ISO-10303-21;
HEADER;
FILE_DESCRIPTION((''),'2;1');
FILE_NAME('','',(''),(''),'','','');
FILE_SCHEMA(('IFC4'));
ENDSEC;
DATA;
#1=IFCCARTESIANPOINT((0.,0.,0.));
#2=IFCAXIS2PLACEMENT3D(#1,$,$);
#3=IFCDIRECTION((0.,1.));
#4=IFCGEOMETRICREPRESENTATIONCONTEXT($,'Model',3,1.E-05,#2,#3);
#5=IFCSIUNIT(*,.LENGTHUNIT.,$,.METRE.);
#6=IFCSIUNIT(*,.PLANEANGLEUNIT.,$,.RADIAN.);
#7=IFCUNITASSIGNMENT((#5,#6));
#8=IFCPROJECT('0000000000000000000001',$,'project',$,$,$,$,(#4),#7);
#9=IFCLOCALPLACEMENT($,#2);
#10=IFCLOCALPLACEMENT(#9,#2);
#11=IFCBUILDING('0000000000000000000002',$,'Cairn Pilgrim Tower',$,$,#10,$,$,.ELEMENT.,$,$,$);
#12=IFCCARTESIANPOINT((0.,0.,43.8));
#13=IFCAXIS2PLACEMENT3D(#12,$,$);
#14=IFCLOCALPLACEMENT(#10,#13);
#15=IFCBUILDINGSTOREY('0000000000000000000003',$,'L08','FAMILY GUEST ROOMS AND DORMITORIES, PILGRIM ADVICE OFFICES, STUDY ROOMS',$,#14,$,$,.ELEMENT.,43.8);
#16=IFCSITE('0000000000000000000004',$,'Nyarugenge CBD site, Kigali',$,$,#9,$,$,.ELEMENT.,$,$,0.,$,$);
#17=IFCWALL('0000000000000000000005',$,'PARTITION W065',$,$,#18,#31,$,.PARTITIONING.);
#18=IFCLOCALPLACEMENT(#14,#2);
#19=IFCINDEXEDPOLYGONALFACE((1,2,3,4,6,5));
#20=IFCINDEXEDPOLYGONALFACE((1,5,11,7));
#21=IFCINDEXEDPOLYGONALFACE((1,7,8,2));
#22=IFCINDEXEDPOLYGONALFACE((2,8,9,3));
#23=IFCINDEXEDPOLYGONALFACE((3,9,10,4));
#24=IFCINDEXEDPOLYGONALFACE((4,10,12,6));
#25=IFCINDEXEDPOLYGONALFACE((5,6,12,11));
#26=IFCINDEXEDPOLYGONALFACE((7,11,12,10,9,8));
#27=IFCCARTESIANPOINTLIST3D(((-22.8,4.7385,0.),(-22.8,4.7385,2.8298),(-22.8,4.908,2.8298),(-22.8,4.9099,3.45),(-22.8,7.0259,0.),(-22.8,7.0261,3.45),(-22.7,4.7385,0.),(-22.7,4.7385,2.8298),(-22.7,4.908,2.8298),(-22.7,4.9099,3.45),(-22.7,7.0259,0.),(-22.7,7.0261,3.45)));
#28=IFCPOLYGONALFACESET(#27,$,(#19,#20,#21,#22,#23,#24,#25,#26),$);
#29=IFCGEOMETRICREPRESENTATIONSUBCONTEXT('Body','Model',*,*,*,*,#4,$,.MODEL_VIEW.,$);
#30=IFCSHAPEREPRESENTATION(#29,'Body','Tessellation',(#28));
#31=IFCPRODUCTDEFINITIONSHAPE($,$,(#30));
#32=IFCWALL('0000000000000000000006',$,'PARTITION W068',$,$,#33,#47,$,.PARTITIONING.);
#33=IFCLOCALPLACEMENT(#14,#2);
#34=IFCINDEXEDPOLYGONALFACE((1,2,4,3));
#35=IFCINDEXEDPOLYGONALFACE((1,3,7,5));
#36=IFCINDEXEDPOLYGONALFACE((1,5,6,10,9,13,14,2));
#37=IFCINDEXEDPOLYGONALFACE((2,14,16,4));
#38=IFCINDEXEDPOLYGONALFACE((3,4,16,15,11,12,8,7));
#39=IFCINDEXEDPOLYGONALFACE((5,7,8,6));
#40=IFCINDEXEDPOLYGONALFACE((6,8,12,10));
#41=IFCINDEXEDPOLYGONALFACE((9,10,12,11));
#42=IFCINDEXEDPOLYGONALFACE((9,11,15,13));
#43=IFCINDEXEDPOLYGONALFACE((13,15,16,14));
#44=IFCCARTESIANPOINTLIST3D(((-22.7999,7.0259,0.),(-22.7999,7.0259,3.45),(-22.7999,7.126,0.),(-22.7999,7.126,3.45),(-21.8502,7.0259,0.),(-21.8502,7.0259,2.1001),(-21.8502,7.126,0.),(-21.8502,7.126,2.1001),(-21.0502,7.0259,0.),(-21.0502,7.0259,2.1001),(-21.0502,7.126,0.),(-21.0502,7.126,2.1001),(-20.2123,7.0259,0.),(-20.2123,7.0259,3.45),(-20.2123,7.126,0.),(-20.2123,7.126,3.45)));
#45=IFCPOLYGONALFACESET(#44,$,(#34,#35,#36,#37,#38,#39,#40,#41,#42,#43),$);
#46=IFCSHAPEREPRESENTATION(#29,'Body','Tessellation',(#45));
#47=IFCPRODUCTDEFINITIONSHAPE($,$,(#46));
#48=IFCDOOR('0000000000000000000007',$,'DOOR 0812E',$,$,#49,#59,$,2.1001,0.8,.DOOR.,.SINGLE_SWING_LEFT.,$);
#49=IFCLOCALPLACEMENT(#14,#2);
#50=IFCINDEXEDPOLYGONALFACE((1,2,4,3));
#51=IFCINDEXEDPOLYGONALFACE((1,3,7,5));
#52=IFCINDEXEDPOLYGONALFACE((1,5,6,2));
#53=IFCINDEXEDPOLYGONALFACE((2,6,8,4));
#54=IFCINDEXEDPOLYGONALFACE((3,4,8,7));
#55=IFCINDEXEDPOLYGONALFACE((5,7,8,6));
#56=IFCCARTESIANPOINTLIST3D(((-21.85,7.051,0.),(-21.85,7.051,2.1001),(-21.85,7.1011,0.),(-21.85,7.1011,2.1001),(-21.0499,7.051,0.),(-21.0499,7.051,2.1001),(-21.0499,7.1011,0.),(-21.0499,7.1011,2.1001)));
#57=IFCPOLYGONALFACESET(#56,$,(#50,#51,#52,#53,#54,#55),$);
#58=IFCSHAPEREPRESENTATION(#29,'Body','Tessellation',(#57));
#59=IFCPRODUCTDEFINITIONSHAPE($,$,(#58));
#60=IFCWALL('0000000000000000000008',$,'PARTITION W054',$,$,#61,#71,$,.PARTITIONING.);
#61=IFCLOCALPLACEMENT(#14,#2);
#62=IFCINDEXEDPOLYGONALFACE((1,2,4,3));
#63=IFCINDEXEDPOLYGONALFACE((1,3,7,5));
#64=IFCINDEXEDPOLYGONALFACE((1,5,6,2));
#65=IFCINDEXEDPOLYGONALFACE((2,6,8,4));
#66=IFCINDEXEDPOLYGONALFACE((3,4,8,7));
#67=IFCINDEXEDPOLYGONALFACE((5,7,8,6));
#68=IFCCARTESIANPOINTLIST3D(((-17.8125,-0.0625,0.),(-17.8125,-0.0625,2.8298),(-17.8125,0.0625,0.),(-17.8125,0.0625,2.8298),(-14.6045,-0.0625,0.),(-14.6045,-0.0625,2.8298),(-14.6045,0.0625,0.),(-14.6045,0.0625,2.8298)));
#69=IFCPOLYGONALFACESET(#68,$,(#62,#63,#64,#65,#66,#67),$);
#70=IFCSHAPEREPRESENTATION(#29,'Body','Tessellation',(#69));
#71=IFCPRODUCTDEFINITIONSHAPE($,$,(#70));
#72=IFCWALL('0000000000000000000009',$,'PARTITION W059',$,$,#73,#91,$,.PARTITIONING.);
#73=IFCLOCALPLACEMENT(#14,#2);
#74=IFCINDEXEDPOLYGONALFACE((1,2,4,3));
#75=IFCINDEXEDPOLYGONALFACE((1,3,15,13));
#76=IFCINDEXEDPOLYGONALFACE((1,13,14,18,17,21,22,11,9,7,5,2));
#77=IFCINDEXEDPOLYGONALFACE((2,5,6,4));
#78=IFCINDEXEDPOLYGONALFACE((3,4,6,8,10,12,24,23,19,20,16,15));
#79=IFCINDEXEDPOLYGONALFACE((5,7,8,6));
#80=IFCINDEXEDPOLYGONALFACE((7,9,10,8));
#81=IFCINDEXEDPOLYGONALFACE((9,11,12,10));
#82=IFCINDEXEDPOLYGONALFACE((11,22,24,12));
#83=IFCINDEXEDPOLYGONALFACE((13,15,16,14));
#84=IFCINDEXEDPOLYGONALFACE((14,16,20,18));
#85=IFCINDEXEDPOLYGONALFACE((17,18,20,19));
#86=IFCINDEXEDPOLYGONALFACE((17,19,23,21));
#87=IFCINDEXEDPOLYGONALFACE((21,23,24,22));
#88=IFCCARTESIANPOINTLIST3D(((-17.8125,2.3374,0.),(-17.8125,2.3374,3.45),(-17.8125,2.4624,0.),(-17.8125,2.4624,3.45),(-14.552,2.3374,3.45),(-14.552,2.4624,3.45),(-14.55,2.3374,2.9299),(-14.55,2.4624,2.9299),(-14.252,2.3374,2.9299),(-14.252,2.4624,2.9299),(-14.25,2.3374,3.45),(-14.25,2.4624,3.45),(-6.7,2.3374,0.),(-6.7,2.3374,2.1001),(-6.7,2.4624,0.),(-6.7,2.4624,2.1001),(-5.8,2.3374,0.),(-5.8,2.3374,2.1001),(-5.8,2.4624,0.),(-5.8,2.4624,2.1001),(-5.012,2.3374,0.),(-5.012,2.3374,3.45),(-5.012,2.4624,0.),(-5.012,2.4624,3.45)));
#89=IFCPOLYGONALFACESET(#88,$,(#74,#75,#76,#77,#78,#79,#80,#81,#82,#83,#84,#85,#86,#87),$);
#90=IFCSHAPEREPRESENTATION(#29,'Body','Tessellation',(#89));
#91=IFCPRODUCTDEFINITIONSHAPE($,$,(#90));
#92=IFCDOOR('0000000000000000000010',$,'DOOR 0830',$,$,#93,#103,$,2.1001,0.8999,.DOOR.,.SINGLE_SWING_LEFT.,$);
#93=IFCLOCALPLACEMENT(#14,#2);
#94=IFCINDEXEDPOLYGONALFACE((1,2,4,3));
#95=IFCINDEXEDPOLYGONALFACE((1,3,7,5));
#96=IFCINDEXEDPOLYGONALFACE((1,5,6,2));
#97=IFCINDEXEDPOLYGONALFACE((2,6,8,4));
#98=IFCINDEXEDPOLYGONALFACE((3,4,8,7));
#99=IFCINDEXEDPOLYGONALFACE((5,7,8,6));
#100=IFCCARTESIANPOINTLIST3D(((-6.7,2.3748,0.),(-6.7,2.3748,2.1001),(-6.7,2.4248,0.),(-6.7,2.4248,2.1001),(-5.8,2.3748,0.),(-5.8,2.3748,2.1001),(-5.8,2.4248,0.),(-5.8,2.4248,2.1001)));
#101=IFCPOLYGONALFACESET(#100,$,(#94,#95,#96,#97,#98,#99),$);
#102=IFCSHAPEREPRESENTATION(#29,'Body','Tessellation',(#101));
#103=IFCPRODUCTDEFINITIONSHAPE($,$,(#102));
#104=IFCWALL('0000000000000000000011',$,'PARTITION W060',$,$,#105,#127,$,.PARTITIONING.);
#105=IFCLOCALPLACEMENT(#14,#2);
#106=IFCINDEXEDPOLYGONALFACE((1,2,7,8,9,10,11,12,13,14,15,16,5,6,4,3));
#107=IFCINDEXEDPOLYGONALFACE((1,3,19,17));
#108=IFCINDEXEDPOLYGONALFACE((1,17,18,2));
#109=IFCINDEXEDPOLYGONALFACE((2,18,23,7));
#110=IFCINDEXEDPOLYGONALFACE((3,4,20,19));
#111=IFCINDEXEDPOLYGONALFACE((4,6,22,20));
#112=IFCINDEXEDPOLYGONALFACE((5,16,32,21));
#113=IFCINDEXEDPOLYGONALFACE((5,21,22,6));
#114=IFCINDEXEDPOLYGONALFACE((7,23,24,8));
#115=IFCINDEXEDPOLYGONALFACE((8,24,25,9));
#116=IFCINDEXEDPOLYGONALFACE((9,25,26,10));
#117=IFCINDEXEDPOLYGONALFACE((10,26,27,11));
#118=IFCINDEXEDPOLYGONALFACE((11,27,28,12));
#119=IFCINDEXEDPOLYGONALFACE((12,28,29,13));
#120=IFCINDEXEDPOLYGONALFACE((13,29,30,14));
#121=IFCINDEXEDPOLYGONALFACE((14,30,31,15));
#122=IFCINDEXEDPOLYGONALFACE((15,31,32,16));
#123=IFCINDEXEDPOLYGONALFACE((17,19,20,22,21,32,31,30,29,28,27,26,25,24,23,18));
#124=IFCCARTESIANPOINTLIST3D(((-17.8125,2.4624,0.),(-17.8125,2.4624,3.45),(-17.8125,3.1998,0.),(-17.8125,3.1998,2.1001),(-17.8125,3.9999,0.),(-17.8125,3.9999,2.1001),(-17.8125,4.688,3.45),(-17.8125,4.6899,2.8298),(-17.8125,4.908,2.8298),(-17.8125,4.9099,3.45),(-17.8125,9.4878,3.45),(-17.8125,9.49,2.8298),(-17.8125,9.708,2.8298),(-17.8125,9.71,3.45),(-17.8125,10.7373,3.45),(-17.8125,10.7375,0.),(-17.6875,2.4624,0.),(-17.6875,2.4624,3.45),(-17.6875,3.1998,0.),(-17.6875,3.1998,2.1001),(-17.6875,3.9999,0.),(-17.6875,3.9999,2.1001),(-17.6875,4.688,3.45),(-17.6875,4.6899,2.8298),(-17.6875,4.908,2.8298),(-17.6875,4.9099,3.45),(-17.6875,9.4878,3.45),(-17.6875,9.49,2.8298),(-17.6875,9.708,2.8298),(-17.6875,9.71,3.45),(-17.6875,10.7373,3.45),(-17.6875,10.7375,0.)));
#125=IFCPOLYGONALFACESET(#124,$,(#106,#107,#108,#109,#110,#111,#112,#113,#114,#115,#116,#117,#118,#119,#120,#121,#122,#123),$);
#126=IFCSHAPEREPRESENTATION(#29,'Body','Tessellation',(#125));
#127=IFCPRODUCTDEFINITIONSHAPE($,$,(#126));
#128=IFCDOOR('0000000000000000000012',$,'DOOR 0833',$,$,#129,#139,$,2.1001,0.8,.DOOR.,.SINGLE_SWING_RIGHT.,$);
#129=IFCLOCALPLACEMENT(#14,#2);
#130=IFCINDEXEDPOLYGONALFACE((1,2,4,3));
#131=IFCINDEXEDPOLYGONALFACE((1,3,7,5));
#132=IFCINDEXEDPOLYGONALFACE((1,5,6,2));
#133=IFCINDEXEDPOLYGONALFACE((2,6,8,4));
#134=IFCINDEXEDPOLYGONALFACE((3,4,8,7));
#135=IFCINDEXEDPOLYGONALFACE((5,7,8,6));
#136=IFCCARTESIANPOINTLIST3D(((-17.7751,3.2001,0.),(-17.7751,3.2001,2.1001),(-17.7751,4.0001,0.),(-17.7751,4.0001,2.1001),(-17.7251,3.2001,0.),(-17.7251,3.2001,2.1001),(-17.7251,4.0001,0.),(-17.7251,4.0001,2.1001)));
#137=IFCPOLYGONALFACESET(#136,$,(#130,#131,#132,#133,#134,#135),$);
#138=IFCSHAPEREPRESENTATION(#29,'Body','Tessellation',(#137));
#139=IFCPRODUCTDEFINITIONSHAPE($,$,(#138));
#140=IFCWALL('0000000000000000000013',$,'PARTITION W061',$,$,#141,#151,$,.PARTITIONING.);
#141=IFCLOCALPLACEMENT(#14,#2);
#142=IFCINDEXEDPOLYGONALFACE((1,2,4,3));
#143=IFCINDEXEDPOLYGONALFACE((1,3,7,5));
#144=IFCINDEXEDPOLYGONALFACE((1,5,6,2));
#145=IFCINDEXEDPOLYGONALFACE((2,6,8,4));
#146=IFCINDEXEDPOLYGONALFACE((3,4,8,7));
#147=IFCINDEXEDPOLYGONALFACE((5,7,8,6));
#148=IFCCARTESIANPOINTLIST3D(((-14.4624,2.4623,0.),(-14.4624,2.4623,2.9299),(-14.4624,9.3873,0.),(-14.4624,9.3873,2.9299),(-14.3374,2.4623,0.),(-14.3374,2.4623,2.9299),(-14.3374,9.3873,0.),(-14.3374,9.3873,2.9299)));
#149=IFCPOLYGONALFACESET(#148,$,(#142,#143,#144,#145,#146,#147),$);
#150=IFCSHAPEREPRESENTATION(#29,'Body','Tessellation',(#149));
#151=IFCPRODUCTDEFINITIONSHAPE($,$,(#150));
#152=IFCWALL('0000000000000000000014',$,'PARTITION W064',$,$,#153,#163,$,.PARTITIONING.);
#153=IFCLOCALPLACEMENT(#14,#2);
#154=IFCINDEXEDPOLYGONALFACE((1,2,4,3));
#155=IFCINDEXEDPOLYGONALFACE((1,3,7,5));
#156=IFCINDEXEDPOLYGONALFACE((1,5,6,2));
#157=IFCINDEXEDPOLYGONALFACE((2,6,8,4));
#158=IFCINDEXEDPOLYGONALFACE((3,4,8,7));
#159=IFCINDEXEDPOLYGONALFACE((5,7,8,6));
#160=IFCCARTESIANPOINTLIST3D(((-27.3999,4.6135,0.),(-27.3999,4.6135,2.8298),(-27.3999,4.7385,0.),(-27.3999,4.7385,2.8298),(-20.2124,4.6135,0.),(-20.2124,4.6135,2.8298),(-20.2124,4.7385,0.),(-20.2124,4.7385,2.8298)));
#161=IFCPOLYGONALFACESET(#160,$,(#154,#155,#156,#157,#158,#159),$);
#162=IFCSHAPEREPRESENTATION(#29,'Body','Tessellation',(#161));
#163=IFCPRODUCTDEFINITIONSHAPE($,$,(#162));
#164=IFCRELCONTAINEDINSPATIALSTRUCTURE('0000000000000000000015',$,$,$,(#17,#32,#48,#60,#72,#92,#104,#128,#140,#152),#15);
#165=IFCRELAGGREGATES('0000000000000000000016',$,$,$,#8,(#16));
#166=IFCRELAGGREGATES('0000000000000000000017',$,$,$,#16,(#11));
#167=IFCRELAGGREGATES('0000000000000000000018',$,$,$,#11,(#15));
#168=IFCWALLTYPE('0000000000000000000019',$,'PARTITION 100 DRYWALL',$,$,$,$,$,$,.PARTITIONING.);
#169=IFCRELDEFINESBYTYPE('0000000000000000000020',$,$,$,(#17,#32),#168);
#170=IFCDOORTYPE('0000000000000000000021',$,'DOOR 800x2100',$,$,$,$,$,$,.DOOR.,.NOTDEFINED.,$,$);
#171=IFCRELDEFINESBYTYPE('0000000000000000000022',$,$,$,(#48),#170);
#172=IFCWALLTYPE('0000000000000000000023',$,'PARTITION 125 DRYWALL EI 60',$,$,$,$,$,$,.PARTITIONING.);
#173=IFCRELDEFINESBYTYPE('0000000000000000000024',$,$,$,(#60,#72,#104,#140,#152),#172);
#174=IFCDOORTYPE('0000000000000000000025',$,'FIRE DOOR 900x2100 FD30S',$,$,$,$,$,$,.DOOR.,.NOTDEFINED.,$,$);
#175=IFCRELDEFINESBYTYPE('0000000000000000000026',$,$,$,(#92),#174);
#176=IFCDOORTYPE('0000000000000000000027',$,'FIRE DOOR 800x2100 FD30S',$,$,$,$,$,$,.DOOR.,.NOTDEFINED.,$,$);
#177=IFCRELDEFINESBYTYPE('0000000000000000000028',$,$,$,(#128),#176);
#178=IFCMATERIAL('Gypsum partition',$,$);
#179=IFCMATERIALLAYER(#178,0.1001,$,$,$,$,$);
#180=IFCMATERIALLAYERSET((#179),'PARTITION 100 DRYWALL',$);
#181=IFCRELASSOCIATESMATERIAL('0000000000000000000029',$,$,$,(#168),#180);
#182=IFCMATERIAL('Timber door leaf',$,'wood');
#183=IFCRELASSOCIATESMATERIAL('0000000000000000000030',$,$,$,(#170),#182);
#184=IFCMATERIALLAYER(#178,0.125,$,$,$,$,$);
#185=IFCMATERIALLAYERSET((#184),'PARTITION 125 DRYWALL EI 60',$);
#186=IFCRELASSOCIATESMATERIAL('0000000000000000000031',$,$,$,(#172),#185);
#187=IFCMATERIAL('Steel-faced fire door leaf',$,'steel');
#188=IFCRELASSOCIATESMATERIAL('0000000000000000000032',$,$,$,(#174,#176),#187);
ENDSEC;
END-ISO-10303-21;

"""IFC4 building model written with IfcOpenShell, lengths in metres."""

from ifc_helpers import new_model, si_unit, direction, frame, frame_2d, origin, place, context, subcontext, project, spatial, polyline, rectangle, outline, extrude, material, layer, layer_set, type_object, element, fill, save


model = new_model("IFC4")

# Units and contexts
model_context = context("Model", 3, precision=1e-05, world=origin(), true_north=direction((0.0, 1.0)))
body_context = subcontext(model_context, "Body", "Model", "MODEL_VIEW")
ifc_project = project(units=[si_unit("LENGTHUNIT", "METRE"), si_unit("PLANEANGLEUNIT", "RADIAN")], contexts=[model_context])

# Site, building, storey
site_placement = place(None, origin())
site = spatial("IfcSite", under=ifc_project, at=site_placement, Name="Nyarugenge CBD site, Kigali", CompositionType="ELEMENT", RefElevation=0.0)
building_placement = place(site_placement, origin())
building = spatial("IfcBuilding", under=site, at=building_placement, Name="Cairn Pilgrim Tower", CompositionType="ELEMENT")
storey_placement = place(building_placement, frame((0.0, 0.0, 43.8)))
storey = spatial("IfcBuildingStorey", under=building, at=storey_placement, Name="L08", Description="FAMILY GUEST ROOMS AND DORMITORIES, PILGRIM ADVICE OFFICES, STUDY ROOMS", CompositionType="ELEMENT", Elevation=43.8)

# Wall
ifc_material_1 = material(Name="Gypsum partition")
ifc_layer_1 = layer(ifc_material_1, 0.1001)
ifc_layer_set_1 = layer_set([ifc_layer_1], Name="PARTITION 100 DRYWALL")
wall_type_1 = type_object("IfcWallType", Name="PARTITION 100 DRYWALL", PredefinedType="PARTITIONING", material=ifc_layer_set_1)
wall_1_placement = place(storey_placement, frame((-22.75, 4.7385, 0.0), z_axis=(0.0, 0.0, 1.0), x_axis=(0.0, 1.0, 0.0)))
element("IfcWall", 1, at=wall_1_placement, inside=storey, type_object=wall_type_1, Name="PARTITION W065", PredefinedType="PARTITIONING", context=body_context, shape_type="SweptSolid", body=[
    extrude(outline(polyline([(0.0, 0.0), (2.2874, 0.0), (2.2876, 3.45), (0.1714, 3.45), (0.1694, 2.8298), (0.0, 2.8298), (0.0, 0.0)])), frame((0.0, 0.05, 0.0), z_axis=(0.0, -1.0, 0.0), x_axis=(1.0, 0.0, 0.0)), (0.0, 0.0, 1.0), 0.1001),
])

# Wall, opening, door
wall_2_placement = place(storey_placement, frame((-22.8, 7.0759, 0.0), z_axis=(0.0, 0.0, 1.0), x_axis=(1.0, 0.0, 0.0)))
wall_2 = element("IfcWall", 2, at=wall_2_placement, inside=storey, type_object=wall_type_1, Name="PARTITION W068", PredefinedType="PARTITIONING", context=body_context, shape_type="SweptSolid", body=[
    extrude(rectangle(XDim=2.5876, YDim=0.1001, at=frame_2d((1.2939, 0.0))), origin(), (0.0, 0.0, 1.0), 3.45),
])
opening_1_placement = place(wall_2_placement, frame((0.95, 0.0, 0.0)))
opening_1 = element("IfcOpeningElement", 3, at=opening_1_placement, cuts=wall_2, PredefinedType="OPENING", context=body_context, shape_type="SweptSolid", body=[
    extrude(rectangle(XDim=0.8, YDim=2.1001, at=frame_2d((0.3999, 1.05))), frame((0.0, 0.0601, 0.0), z_axis=(0.0, -1.0, 0.0), x_axis=(1.0, 0.0, 0.0)), (0.0, 0.0, 1.0), 0.1201),
])
ifc_material_2 = material(Name="Timber door leaf", Category="wood")
door_type_1 = type_object("IfcDoorType", Name="DOOR 800x2100", OperationType="NOTDEFINED", PredefinedType="DOOR", material=ifc_material_2)
door_1_placement = place(opening_1_placement, frame((0.8, 0.0, 0.0), z_axis=(0.0, 0.0, 1.0), x_axis=(-1.0, 0.0, 0.0)))
door_1 = element("IfcDoor", 4, at=door_1_placement, inside=storey, type_object=door_type_1, Name="DOOR 0812E", OperationType="SINGLE_SWING_LEFT", OverallHeight=2.1001, OverallWidth=0.8, PredefinedType="DOOR", context=body_context, shape_type="SweptSolid", body=[
    extrude(rectangle(XDim=0.8, YDim=2.1001, at=frame_2d((0.3999, 1.05))), frame((0.0, 0.0249, 0.0), z_axis=(0.0, -1.0, 0.0), x_axis=(1.0, 0.0, 0.0)), (0.0, 0.0, 1.0), 0.05),
])
fill(opening_1, door_1)

# Wall
ifc_layer_2 = layer(ifc_material_1, 0.125)
ifc_layer_set_2 = layer_set([ifc_layer_2], Name="PARTITION 125 DRYWALL EI 60")
wall_type_2 = type_object("IfcWallType", Name="PARTITION 125 DRYWALL EI 60", PredefinedType="PARTITIONING", material=ifc_layer_set_2)
wall_3_placement = place(storey_placement, frame((-17.8125, 0.0, 0.0), z_axis=(0.0, 0.0, 1.0), x_axis=(1.0, 0.0, 0.0)))
element("IfcWall", 5, at=wall_3_placement, inside=storey, type_object=wall_type_2, Name="PARTITION W054", PredefinedType="PARTITIONING", context=body_context, shape_type="SweptSolid", body=[
    extrude(rectangle(XDim=3.208, YDim=0.125, at=frame_2d((1.604, 0.0))), origin(), (0.0, 0.0, 1.0), 2.8298),
])

# Walls, openings, doors
wall_4_placement = place(storey_placement, frame((-17.8125, 2.3999, 0.0), z_axis=(0.0, 0.0, 1.0), x_axis=(1.0, 0.0, 0.0)))
wall_4 = element("IfcWall", 6, at=wall_4_placement, inside=storey, type_object=wall_type_2, Name="PARTITION W059", PredefinedType="PARTITIONING", context=body_context, shape_type="SweptSolid", body=[
    extrude(outline(polyline([(0.0, 0.0), (12.8005, 0.0), (12.8005, 3.45), (3.5625, 3.45), (3.5605, 2.9299), (3.2625, 2.9299), (3.2605, 3.45), (0.0, 3.45), (0.0, 0.0)])), frame((0.0, 0.0625, 0.0), z_axis=(0.0, -1.0, 0.0), x_axis=(1.0, 0.0, 0.0)), (0.0, 0.0, 1.0), 0.125),
])
opening_2_placement = place(wall_4_placement, frame((11.1125, 0.0, 0.0)))
opening_2 = element("IfcOpeningElement", 7, at=opening_2_placement, cuts=wall_4, PredefinedType="OPENING", context=body_context, shape_type="SweptSolid", body=[
    extrude(rectangle(XDim=0.8999, YDim=2.1001, at=frame_2d((0.45, 1.05))), frame((0.0, 0.0725, 0.0), z_axis=(0.0, -1.0, 0.0), x_axis=(1.0, 0.0, 0.0)), (0.0, 0.0, 1.0), 0.145),
])
ifc_material_3 = material(Name="Steel-faced fire door leaf", Category="steel")
door_type_2 = type_object("IfcDoorType", Name="FIRE DOOR 900x2100 FD30S", OperationType="NOTDEFINED", PredefinedType="DOOR", material=ifc_material_3)
door_2_placement = place(opening_2_placement, origin())
door_2 = element("IfcDoor", 8, at=door_2_placement, inside=storey, type_object=door_type_2, Name="DOOR 0830", OperationType="SINGLE_SWING_LEFT", OverallHeight=2.1001, OverallWidth=0.8999, PredefinedType="DOOR", context=body_context, shape_type="SweptSolid", body=[
    extrude(rectangle(XDim=0.8999, YDim=2.1001, at=frame_2d((0.45, 1.05))), frame((0.0, 0.0249, 0.0), z_axis=(0.0, -1.0, 0.0), x_axis=(1.0, 0.0, 0.0)), (0.0, 0.0, 1.0), 0.05),
])
fill(opening_2, door_2)
wall_5_placement = place(storey_placement, frame((-17.75, 2.4624, 0.0), z_axis=(0.0, 0.0, 1.0), x_axis=(0.0, 1.0, 0.0)))
wall_5 = element("IfcWall", 9, at=wall_5_placement, inside=storey, type_object=wall_type_2, Name="PARTITION W060", PredefinedType="PARTITIONING", context=body_context, shape_type="SweptSolid", body=[
    extrude(outline(polyline([(0.0, 0.0), (8.2751, 0.0), (8.2749, 3.45), (7.2476, 3.45), (7.2456, 2.8298), (7.0276, 2.8298), (7.0254, 3.45), (2.4475, 3.45), (2.4456, 2.8298), (2.2275, 2.8298), (2.2256, 3.45), (0.0, 3.45), (0.0, 0.0)])), frame((0.0, 0.0625, 0.0), z_axis=(0.0, -1.0, 0.0), x_axis=(1.0, 0.0, 0.0)), (0.0, 0.0, 1.0), 0.125),
])
opening_3_placement = place(wall_5_placement, frame((0.7375, 0.0, 0.0)))
opening_3 = element("IfcOpeningElement", 10, at=opening_3_placement, cuts=wall_5, PredefinedType="OPENING", context=body_context, shape_type="SweptSolid", body=[
    extrude(rectangle(XDim=0.8, YDim=2.1001, at=frame_2d((0.3999, 1.05))), frame((0.0, 0.0725, 0.0), z_axis=(0.0, -1.0, 0.0), x_axis=(1.0, 0.0, 0.0)), (0.0, 0.0, 1.0), 0.145),
])
door_type_3 = type_object("IfcDoorType", Name="FIRE DOOR 800x2100 FD30S", OperationType="NOTDEFINED", PredefinedType="DOOR", material=ifc_material_3)
door_3_placement = place(opening_3_placement, frame((0.8, 0.0, 0.0), z_axis=(0.0, 0.0, 1.0), x_axis=(-1.0, 0.0, 0.0)))
door_3 = element("IfcDoor", 11, at=door_3_placement, inside=storey, type_object=door_type_3, Name="DOOR 0833", OperationType="SINGLE_SWING_RIGHT", OverallHeight=2.1001, OverallWidth=0.8, PredefinedType="DOOR", context=body_context, shape_type="SweptSolid", body=[
    extrude(rectangle(XDim=0.8, YDim=2.1001, at=frame_2d((0.3999, 1.05))), frame((0.0, 0.0249, 0.0), z_axis=(0.0, -1.0, 0.0), x_axis=(1.0, 0.0, 0.0)), (0.0, 0.0, 1.0), 0.05),
])
fill(opening_3, door_3)

# Walls
wall_6_placement = place(storey_placement, frame((-14.3999, 2.4624, 0.0), z_axis=(0.0, 0.0, 1.0), x_axis=(0.0, 1.0, 0.0)))
element("IfcWall", 12, at=wall_6_placement, inside=storey, type_object=wall_type_2, Name="PARTITION W061", PredefinedType="PARTITIONING", context=body_context, shape_type="SweptSolid", body=[
    extrude(rectangle(XDim=6.925, YDim=0.125, at=frame_2d((3.4624, 0.0))), origin(), (0.0, 0.0, 1.0), 2.9299),
])
wall_7_placement = place(storey_placement, frame((-27.3999, 4.676, 0.0), z_axis=(0.0, 0.0, 1.0), x_axis=(1.0, 0.0, 0.0)))
element("IfcWall", 13, at=wall_7_placement, inside=storey, type_object=wall_type_2, Name="PARTITION W064", PredefinedType="PARTITIONING", context=body_context, shape_type="SweptSolid", body=[
    extrude(rectangle(XDim=7.1875, YDim=0.125, at=frame_2d((3.5938, 0.0))), origin(), (0.0, 0.0, 1.0), 2.8298),
])

save(model, "model.ifc")
